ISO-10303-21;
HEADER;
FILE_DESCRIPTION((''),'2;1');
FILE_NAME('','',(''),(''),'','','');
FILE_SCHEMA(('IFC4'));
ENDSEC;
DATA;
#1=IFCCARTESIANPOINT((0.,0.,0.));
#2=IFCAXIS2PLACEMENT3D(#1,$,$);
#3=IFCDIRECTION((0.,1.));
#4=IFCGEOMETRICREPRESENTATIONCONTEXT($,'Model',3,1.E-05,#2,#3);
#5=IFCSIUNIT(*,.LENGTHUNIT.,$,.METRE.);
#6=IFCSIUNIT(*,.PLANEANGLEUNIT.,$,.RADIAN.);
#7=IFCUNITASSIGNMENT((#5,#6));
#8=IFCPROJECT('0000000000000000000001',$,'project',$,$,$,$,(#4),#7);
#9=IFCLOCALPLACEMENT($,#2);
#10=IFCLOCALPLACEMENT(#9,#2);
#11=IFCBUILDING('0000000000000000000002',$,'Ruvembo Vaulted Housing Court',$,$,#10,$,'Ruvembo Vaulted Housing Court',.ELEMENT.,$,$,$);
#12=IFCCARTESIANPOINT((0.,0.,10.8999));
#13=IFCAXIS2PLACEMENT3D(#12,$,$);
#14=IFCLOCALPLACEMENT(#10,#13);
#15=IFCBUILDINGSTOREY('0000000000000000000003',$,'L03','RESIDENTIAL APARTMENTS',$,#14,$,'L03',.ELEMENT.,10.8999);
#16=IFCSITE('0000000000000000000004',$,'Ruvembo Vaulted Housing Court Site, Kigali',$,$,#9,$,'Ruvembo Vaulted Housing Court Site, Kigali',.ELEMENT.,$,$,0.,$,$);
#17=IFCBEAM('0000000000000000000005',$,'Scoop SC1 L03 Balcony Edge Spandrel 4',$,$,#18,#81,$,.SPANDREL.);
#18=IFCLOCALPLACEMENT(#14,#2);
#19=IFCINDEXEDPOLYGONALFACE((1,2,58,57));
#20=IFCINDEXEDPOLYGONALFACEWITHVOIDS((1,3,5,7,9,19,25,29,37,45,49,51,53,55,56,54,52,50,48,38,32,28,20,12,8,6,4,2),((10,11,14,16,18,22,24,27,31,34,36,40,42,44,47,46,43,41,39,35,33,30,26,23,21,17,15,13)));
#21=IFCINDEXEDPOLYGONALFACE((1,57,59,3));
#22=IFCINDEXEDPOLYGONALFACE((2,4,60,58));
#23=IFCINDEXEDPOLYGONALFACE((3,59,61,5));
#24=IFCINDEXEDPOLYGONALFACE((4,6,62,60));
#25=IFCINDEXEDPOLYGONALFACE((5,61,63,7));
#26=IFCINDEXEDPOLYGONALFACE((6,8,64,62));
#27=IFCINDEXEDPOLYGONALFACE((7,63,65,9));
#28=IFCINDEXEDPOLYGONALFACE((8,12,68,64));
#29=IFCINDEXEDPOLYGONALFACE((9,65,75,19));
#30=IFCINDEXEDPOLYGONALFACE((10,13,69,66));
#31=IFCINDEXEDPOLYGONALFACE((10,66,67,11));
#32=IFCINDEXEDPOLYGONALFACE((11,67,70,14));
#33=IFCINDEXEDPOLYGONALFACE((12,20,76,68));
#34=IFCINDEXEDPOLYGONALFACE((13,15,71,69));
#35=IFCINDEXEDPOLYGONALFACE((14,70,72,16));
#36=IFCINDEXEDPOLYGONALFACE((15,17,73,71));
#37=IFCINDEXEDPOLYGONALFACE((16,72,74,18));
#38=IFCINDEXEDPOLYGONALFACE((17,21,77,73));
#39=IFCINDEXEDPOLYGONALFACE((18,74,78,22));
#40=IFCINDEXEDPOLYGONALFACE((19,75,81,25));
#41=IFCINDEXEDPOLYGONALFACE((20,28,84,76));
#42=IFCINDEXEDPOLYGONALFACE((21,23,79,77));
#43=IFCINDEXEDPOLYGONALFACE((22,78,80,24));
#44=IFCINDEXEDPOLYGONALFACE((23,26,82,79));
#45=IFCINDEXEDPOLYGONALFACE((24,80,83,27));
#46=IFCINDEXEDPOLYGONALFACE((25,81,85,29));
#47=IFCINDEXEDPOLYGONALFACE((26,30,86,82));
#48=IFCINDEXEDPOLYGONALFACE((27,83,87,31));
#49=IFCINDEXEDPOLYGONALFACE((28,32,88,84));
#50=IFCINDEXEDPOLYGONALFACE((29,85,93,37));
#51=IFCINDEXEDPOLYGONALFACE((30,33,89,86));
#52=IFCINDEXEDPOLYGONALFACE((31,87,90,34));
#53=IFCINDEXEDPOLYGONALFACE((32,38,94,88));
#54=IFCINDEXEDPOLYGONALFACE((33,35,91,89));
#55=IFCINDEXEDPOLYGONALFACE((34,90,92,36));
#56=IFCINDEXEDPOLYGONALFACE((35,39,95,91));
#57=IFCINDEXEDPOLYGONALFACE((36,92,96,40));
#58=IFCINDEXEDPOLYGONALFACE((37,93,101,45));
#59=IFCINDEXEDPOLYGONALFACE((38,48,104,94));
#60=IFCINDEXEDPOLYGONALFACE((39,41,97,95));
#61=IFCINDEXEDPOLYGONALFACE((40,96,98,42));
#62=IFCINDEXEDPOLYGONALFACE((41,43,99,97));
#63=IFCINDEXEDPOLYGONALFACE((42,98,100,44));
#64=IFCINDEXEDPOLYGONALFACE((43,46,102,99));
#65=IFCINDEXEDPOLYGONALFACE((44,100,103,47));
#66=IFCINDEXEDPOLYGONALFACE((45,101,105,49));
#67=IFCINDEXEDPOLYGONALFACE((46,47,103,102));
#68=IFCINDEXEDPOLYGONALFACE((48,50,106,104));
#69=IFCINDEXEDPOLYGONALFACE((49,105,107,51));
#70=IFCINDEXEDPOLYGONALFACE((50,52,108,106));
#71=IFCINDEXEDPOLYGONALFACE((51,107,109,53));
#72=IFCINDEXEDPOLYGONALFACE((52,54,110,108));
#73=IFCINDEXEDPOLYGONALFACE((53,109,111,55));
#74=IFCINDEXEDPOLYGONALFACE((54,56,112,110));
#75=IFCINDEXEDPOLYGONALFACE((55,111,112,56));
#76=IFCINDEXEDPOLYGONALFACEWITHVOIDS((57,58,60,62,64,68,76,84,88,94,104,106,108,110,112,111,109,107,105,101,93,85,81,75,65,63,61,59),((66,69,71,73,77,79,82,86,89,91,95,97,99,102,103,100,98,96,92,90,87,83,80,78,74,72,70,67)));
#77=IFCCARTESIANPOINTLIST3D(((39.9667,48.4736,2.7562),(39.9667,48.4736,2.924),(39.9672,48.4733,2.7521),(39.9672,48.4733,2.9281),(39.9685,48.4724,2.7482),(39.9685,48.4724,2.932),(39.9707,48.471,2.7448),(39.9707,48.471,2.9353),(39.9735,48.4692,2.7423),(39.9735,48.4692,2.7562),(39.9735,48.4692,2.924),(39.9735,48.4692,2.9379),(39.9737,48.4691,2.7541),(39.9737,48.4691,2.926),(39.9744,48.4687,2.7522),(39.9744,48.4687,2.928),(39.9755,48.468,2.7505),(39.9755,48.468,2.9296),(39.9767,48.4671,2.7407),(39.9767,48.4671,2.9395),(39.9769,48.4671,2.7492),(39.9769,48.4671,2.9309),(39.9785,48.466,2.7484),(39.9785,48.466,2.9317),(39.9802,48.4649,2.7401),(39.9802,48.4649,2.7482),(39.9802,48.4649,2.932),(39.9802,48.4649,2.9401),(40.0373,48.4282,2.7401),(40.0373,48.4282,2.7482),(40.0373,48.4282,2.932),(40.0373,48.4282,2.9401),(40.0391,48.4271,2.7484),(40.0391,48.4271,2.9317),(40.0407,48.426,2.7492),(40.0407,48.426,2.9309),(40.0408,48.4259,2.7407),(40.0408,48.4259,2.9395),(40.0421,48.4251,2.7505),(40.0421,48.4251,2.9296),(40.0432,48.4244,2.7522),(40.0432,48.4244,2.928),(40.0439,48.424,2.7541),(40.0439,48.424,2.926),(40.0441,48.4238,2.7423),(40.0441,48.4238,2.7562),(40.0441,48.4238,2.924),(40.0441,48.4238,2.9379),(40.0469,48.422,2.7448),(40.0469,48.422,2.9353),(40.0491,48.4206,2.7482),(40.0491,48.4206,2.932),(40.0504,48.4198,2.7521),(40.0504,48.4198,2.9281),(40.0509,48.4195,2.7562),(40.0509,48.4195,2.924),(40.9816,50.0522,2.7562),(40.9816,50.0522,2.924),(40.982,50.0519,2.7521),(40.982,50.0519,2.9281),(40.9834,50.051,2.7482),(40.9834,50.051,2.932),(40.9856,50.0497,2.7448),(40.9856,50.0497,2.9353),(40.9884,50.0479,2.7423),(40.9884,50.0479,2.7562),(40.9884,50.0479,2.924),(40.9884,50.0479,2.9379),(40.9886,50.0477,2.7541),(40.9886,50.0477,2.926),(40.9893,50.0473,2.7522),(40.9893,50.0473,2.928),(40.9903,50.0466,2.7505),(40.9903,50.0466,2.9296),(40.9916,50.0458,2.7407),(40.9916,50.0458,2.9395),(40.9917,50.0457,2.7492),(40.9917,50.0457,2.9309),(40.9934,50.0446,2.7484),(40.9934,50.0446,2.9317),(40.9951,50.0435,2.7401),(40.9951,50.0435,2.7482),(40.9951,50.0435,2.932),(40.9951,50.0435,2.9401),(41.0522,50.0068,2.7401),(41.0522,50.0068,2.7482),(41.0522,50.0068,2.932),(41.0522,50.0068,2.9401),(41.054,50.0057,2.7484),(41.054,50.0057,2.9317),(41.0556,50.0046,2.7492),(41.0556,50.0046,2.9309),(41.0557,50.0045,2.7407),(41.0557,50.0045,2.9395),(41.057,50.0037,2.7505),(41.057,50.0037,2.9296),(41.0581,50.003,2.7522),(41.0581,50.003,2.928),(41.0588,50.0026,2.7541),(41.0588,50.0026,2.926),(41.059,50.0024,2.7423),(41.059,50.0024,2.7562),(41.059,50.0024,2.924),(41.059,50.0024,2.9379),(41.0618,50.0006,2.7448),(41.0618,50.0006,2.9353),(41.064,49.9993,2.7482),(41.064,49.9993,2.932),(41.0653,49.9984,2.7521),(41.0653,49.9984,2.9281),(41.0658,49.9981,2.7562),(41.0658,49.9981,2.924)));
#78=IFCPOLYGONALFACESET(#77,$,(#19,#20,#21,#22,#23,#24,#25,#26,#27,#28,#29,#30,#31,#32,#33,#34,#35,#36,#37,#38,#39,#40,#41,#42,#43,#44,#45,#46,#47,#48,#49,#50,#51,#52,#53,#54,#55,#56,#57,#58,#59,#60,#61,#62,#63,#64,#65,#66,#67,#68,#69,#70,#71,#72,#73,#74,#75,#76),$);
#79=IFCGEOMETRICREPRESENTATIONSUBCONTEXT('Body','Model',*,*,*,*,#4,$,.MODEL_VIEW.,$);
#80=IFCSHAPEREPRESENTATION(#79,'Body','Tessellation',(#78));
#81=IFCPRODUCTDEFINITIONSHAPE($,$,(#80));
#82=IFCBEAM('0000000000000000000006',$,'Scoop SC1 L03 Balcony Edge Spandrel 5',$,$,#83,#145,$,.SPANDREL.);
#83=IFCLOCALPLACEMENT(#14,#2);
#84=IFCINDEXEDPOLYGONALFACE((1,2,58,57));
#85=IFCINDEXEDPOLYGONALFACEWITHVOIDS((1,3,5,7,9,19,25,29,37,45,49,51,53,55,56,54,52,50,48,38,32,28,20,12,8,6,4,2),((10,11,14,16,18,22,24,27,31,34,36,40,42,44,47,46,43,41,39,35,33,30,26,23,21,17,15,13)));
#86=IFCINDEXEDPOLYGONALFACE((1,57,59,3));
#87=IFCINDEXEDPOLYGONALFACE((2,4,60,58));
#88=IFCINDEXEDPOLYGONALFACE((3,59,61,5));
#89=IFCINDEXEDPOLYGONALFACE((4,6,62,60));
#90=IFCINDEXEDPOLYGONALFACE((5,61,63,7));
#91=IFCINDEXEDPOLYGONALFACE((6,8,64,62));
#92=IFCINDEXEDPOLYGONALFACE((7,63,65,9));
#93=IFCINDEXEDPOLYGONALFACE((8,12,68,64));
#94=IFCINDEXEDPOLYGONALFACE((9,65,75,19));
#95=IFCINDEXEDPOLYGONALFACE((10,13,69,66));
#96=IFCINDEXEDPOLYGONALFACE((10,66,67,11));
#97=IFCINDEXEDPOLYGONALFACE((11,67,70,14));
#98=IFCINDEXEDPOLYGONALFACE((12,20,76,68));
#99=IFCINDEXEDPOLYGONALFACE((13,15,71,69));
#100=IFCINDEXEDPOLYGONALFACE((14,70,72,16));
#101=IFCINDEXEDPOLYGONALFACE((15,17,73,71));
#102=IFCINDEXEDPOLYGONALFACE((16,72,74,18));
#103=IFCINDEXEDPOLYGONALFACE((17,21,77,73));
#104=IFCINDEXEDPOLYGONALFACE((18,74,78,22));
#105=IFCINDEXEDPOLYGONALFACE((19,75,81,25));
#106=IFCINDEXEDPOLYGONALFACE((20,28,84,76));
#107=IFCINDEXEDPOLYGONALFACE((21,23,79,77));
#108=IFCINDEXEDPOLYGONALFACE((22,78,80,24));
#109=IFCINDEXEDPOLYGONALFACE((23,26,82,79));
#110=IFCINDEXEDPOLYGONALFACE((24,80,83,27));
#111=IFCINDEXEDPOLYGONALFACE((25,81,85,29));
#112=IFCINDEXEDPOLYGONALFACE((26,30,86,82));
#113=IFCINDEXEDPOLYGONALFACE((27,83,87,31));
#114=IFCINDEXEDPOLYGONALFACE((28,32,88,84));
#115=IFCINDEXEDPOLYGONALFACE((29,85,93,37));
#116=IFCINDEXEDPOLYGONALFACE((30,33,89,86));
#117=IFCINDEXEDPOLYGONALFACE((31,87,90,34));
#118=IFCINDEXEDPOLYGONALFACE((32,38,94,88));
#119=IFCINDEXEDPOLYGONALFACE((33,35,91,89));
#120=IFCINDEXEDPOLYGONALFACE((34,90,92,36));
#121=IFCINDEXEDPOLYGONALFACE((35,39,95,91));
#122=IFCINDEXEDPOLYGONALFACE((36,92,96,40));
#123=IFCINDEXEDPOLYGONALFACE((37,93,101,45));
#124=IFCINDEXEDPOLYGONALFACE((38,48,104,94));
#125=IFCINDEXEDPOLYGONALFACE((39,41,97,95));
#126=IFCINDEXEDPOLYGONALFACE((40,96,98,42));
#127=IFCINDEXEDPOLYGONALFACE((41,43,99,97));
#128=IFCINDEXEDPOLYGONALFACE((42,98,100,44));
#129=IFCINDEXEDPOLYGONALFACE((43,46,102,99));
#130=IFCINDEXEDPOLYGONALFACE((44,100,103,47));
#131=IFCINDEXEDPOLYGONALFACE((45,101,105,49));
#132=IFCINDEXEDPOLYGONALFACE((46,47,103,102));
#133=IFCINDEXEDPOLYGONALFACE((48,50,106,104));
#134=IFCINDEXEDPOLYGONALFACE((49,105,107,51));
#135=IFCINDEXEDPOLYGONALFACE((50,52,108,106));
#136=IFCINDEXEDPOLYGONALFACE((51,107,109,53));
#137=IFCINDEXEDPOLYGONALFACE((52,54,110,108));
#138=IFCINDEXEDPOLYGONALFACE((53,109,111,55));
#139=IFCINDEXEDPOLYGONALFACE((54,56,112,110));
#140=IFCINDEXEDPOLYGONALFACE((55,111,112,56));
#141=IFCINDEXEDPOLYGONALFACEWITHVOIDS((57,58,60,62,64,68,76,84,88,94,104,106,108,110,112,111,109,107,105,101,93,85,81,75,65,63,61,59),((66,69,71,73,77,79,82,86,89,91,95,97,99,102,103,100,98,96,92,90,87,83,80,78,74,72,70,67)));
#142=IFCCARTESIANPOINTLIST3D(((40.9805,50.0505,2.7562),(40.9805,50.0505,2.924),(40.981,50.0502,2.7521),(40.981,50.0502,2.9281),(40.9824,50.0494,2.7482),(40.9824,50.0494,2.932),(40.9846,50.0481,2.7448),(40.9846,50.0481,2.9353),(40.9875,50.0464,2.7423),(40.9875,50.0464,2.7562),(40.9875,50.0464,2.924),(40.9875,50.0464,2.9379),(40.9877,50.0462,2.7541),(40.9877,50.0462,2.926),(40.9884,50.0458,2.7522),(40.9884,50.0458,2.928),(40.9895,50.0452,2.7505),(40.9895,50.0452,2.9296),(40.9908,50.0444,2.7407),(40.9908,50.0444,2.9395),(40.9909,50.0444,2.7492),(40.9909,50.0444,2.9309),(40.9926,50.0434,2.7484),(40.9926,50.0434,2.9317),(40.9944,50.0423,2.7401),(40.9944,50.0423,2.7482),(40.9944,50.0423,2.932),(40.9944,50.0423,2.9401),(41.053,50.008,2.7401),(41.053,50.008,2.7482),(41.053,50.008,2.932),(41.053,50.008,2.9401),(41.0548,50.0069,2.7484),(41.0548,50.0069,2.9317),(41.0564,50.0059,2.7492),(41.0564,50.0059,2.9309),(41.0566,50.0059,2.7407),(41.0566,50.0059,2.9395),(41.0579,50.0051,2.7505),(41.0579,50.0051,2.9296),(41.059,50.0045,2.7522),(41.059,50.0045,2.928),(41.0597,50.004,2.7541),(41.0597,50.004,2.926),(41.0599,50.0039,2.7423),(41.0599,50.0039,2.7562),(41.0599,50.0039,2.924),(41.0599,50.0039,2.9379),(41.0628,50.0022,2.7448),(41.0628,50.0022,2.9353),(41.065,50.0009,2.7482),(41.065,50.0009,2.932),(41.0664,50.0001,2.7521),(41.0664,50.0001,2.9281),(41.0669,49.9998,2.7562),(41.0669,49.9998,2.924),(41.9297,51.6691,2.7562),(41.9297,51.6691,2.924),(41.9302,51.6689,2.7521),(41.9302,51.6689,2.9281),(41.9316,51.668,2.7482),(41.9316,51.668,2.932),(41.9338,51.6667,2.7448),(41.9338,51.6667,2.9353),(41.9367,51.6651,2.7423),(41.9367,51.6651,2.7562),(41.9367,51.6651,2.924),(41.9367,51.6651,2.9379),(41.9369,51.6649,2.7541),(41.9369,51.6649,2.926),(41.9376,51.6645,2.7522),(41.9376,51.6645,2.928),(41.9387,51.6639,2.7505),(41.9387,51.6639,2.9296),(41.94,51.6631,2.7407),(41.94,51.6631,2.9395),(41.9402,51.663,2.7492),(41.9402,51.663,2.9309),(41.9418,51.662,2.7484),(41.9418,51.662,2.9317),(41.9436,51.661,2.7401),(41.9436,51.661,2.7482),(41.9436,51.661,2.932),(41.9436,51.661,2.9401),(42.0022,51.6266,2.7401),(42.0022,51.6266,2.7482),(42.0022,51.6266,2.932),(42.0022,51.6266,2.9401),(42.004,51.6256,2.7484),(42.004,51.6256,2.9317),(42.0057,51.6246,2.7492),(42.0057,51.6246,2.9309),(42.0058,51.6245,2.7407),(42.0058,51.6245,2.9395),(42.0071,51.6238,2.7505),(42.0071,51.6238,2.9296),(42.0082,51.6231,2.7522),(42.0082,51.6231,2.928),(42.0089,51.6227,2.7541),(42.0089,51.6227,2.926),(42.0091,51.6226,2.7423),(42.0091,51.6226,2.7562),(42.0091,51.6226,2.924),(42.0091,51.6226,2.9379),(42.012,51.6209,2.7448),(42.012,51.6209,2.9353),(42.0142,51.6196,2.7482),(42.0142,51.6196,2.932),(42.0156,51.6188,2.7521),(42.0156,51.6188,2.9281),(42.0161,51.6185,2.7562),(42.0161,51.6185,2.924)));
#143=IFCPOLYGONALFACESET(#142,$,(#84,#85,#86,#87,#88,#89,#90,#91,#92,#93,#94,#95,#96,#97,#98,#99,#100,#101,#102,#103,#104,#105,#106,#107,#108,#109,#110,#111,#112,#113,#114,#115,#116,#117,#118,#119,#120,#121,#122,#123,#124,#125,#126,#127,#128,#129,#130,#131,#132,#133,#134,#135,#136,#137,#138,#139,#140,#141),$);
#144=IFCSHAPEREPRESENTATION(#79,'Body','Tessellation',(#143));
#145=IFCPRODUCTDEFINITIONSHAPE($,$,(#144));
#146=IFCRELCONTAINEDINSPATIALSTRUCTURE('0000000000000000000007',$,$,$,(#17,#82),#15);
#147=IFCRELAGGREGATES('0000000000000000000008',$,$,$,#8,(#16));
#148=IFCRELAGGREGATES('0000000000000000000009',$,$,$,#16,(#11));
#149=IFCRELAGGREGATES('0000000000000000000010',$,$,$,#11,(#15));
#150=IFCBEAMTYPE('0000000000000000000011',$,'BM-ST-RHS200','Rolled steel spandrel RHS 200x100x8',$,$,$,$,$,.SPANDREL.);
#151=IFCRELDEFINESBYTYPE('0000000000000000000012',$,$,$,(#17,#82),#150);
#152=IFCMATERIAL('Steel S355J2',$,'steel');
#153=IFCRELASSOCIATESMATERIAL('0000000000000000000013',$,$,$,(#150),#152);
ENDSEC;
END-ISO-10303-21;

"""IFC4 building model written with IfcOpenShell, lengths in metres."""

from ifc_helpers import new_model, si_unit, direction, frame, origin, origin_2d, place, context, subcontext, project, spatial, hollow_rectangle, extrude, material, material_profile, profile_set, type_object, element, save


model = new_model("IFC4")

# Units and contexts
model_context = context("Model", 3, precision=1e-05, world=origin(), true_north=direction((0.0, 1.0)))
body_context = subcontext(model_context, "Body", "Model", "MODEL_VIEW")
ifc_project = project(units=[si_unit("LENGTHUNIT", "METRE"), si_unit("PLANEANGLEUNIT", "RADIAN")], contexts=[model_context])

# Site, building, storey
site_placement = place(None, origin())
site = spatial("IfcSite", under=ifc_project, at=site_placement, Name="Ruvembo Vaulted Housing Court Site, Kigali", LongName="Ruvembo Vaulted Housing Court Site, Kigali", CompositionType="ELEMENT", RefElevation=0.0)
building_placement = place(site_placement, origin())
building = spatial("IfcBuilding", under=site, at=building_placement, Name="Ruvembo Vaulted Housing Court", LongName="Ruvembo Vaulted Housing Court", CompositionType="ELEMENT")
storey_placement = place(building_placement, frame((0.0, 0.0, 10.8999)))
storey = spatial("IfcBuildingStorey", under=building, at=storey_placement, Name="L03", Description="RESIDENTIAL APARTMENTS", LongName="L03", CompositionType="ELEMENT", Elevation=10.8999)

# Beams
ifc_material_1 = material(Name="Steel S355J2", Category="steel")
ifc_material_profile_1 = material_profile(ifc_material_1, hollow_rectangle(XDim=0.1001, YDim=0.2, WallThickness=0.0081, InnerFilletRadius=0.0081, OuterFilletRadius=0.0161, at=origin_2d()), Name="RHS 200x100x8")
ifc_profile_set_1 = profile_set([ifc_material_profile_1], Name="Steel S355J2")
beam_type = type_object("IfcBeamType", Name="BM-ST-RHS200", Description="Rolled steel spandrel RHS 200x100x8", PredefinedType="SPANDREL", material=ifc_profile_set_1)
beam_1_placement = place(storey_placement, frame((40.0088, 48.4465, 2.8401), z_axis=(0.540784, 0.841162, 0.0), x_axis=(-0.841162, 0.540784, 0.0)))
element("IfcBeam", 1, at=beam_1_placement, inside=storey, type_object=beam_type, Name="Scoop SC1 L03 Balcony Edge Spandrel 4", PredefinedType="SPANDREL", context=body_context, shape_type="SweptSolid", body=[
    extrude(hollow_rectangle(XDim=0.1001, YDim=0.2, WallThickness=0.0081, InnerFilletRadius=0.0081, OuterFilletRadius=0.0161, at=origin_2d()), origin(), (0.0, 0.0, 1.0), 1.8767),
])
beam_2_placement = place(storey_placement, frame((41.0237, 50.0251, 2.8401), z_axis=(0.50586, 0.862616, 0.0), x_axis=(-0.862616, 0.50586, 0.0)))
element("IfcBeam", 2, at=beam_2_placement, inside=storey, type_object=beam_type, Name="Scoop SC1 L03 Balcony Edge Spandrel 5", PredefinedType="SPANDREL", context=body_context, shape_type="SweptSolid", body=[
    extrude(hollow_rectangle(XDim=0.1001, YDim=0.2, WallThickness=0.0081, InnerFilletRadius=0.0081, OuterFilletRadius=0.0161, at=origin_2d()), origin(), (0.0, 0.0, 1.0), 1.8765),
])

save(model, "model.ifc")
